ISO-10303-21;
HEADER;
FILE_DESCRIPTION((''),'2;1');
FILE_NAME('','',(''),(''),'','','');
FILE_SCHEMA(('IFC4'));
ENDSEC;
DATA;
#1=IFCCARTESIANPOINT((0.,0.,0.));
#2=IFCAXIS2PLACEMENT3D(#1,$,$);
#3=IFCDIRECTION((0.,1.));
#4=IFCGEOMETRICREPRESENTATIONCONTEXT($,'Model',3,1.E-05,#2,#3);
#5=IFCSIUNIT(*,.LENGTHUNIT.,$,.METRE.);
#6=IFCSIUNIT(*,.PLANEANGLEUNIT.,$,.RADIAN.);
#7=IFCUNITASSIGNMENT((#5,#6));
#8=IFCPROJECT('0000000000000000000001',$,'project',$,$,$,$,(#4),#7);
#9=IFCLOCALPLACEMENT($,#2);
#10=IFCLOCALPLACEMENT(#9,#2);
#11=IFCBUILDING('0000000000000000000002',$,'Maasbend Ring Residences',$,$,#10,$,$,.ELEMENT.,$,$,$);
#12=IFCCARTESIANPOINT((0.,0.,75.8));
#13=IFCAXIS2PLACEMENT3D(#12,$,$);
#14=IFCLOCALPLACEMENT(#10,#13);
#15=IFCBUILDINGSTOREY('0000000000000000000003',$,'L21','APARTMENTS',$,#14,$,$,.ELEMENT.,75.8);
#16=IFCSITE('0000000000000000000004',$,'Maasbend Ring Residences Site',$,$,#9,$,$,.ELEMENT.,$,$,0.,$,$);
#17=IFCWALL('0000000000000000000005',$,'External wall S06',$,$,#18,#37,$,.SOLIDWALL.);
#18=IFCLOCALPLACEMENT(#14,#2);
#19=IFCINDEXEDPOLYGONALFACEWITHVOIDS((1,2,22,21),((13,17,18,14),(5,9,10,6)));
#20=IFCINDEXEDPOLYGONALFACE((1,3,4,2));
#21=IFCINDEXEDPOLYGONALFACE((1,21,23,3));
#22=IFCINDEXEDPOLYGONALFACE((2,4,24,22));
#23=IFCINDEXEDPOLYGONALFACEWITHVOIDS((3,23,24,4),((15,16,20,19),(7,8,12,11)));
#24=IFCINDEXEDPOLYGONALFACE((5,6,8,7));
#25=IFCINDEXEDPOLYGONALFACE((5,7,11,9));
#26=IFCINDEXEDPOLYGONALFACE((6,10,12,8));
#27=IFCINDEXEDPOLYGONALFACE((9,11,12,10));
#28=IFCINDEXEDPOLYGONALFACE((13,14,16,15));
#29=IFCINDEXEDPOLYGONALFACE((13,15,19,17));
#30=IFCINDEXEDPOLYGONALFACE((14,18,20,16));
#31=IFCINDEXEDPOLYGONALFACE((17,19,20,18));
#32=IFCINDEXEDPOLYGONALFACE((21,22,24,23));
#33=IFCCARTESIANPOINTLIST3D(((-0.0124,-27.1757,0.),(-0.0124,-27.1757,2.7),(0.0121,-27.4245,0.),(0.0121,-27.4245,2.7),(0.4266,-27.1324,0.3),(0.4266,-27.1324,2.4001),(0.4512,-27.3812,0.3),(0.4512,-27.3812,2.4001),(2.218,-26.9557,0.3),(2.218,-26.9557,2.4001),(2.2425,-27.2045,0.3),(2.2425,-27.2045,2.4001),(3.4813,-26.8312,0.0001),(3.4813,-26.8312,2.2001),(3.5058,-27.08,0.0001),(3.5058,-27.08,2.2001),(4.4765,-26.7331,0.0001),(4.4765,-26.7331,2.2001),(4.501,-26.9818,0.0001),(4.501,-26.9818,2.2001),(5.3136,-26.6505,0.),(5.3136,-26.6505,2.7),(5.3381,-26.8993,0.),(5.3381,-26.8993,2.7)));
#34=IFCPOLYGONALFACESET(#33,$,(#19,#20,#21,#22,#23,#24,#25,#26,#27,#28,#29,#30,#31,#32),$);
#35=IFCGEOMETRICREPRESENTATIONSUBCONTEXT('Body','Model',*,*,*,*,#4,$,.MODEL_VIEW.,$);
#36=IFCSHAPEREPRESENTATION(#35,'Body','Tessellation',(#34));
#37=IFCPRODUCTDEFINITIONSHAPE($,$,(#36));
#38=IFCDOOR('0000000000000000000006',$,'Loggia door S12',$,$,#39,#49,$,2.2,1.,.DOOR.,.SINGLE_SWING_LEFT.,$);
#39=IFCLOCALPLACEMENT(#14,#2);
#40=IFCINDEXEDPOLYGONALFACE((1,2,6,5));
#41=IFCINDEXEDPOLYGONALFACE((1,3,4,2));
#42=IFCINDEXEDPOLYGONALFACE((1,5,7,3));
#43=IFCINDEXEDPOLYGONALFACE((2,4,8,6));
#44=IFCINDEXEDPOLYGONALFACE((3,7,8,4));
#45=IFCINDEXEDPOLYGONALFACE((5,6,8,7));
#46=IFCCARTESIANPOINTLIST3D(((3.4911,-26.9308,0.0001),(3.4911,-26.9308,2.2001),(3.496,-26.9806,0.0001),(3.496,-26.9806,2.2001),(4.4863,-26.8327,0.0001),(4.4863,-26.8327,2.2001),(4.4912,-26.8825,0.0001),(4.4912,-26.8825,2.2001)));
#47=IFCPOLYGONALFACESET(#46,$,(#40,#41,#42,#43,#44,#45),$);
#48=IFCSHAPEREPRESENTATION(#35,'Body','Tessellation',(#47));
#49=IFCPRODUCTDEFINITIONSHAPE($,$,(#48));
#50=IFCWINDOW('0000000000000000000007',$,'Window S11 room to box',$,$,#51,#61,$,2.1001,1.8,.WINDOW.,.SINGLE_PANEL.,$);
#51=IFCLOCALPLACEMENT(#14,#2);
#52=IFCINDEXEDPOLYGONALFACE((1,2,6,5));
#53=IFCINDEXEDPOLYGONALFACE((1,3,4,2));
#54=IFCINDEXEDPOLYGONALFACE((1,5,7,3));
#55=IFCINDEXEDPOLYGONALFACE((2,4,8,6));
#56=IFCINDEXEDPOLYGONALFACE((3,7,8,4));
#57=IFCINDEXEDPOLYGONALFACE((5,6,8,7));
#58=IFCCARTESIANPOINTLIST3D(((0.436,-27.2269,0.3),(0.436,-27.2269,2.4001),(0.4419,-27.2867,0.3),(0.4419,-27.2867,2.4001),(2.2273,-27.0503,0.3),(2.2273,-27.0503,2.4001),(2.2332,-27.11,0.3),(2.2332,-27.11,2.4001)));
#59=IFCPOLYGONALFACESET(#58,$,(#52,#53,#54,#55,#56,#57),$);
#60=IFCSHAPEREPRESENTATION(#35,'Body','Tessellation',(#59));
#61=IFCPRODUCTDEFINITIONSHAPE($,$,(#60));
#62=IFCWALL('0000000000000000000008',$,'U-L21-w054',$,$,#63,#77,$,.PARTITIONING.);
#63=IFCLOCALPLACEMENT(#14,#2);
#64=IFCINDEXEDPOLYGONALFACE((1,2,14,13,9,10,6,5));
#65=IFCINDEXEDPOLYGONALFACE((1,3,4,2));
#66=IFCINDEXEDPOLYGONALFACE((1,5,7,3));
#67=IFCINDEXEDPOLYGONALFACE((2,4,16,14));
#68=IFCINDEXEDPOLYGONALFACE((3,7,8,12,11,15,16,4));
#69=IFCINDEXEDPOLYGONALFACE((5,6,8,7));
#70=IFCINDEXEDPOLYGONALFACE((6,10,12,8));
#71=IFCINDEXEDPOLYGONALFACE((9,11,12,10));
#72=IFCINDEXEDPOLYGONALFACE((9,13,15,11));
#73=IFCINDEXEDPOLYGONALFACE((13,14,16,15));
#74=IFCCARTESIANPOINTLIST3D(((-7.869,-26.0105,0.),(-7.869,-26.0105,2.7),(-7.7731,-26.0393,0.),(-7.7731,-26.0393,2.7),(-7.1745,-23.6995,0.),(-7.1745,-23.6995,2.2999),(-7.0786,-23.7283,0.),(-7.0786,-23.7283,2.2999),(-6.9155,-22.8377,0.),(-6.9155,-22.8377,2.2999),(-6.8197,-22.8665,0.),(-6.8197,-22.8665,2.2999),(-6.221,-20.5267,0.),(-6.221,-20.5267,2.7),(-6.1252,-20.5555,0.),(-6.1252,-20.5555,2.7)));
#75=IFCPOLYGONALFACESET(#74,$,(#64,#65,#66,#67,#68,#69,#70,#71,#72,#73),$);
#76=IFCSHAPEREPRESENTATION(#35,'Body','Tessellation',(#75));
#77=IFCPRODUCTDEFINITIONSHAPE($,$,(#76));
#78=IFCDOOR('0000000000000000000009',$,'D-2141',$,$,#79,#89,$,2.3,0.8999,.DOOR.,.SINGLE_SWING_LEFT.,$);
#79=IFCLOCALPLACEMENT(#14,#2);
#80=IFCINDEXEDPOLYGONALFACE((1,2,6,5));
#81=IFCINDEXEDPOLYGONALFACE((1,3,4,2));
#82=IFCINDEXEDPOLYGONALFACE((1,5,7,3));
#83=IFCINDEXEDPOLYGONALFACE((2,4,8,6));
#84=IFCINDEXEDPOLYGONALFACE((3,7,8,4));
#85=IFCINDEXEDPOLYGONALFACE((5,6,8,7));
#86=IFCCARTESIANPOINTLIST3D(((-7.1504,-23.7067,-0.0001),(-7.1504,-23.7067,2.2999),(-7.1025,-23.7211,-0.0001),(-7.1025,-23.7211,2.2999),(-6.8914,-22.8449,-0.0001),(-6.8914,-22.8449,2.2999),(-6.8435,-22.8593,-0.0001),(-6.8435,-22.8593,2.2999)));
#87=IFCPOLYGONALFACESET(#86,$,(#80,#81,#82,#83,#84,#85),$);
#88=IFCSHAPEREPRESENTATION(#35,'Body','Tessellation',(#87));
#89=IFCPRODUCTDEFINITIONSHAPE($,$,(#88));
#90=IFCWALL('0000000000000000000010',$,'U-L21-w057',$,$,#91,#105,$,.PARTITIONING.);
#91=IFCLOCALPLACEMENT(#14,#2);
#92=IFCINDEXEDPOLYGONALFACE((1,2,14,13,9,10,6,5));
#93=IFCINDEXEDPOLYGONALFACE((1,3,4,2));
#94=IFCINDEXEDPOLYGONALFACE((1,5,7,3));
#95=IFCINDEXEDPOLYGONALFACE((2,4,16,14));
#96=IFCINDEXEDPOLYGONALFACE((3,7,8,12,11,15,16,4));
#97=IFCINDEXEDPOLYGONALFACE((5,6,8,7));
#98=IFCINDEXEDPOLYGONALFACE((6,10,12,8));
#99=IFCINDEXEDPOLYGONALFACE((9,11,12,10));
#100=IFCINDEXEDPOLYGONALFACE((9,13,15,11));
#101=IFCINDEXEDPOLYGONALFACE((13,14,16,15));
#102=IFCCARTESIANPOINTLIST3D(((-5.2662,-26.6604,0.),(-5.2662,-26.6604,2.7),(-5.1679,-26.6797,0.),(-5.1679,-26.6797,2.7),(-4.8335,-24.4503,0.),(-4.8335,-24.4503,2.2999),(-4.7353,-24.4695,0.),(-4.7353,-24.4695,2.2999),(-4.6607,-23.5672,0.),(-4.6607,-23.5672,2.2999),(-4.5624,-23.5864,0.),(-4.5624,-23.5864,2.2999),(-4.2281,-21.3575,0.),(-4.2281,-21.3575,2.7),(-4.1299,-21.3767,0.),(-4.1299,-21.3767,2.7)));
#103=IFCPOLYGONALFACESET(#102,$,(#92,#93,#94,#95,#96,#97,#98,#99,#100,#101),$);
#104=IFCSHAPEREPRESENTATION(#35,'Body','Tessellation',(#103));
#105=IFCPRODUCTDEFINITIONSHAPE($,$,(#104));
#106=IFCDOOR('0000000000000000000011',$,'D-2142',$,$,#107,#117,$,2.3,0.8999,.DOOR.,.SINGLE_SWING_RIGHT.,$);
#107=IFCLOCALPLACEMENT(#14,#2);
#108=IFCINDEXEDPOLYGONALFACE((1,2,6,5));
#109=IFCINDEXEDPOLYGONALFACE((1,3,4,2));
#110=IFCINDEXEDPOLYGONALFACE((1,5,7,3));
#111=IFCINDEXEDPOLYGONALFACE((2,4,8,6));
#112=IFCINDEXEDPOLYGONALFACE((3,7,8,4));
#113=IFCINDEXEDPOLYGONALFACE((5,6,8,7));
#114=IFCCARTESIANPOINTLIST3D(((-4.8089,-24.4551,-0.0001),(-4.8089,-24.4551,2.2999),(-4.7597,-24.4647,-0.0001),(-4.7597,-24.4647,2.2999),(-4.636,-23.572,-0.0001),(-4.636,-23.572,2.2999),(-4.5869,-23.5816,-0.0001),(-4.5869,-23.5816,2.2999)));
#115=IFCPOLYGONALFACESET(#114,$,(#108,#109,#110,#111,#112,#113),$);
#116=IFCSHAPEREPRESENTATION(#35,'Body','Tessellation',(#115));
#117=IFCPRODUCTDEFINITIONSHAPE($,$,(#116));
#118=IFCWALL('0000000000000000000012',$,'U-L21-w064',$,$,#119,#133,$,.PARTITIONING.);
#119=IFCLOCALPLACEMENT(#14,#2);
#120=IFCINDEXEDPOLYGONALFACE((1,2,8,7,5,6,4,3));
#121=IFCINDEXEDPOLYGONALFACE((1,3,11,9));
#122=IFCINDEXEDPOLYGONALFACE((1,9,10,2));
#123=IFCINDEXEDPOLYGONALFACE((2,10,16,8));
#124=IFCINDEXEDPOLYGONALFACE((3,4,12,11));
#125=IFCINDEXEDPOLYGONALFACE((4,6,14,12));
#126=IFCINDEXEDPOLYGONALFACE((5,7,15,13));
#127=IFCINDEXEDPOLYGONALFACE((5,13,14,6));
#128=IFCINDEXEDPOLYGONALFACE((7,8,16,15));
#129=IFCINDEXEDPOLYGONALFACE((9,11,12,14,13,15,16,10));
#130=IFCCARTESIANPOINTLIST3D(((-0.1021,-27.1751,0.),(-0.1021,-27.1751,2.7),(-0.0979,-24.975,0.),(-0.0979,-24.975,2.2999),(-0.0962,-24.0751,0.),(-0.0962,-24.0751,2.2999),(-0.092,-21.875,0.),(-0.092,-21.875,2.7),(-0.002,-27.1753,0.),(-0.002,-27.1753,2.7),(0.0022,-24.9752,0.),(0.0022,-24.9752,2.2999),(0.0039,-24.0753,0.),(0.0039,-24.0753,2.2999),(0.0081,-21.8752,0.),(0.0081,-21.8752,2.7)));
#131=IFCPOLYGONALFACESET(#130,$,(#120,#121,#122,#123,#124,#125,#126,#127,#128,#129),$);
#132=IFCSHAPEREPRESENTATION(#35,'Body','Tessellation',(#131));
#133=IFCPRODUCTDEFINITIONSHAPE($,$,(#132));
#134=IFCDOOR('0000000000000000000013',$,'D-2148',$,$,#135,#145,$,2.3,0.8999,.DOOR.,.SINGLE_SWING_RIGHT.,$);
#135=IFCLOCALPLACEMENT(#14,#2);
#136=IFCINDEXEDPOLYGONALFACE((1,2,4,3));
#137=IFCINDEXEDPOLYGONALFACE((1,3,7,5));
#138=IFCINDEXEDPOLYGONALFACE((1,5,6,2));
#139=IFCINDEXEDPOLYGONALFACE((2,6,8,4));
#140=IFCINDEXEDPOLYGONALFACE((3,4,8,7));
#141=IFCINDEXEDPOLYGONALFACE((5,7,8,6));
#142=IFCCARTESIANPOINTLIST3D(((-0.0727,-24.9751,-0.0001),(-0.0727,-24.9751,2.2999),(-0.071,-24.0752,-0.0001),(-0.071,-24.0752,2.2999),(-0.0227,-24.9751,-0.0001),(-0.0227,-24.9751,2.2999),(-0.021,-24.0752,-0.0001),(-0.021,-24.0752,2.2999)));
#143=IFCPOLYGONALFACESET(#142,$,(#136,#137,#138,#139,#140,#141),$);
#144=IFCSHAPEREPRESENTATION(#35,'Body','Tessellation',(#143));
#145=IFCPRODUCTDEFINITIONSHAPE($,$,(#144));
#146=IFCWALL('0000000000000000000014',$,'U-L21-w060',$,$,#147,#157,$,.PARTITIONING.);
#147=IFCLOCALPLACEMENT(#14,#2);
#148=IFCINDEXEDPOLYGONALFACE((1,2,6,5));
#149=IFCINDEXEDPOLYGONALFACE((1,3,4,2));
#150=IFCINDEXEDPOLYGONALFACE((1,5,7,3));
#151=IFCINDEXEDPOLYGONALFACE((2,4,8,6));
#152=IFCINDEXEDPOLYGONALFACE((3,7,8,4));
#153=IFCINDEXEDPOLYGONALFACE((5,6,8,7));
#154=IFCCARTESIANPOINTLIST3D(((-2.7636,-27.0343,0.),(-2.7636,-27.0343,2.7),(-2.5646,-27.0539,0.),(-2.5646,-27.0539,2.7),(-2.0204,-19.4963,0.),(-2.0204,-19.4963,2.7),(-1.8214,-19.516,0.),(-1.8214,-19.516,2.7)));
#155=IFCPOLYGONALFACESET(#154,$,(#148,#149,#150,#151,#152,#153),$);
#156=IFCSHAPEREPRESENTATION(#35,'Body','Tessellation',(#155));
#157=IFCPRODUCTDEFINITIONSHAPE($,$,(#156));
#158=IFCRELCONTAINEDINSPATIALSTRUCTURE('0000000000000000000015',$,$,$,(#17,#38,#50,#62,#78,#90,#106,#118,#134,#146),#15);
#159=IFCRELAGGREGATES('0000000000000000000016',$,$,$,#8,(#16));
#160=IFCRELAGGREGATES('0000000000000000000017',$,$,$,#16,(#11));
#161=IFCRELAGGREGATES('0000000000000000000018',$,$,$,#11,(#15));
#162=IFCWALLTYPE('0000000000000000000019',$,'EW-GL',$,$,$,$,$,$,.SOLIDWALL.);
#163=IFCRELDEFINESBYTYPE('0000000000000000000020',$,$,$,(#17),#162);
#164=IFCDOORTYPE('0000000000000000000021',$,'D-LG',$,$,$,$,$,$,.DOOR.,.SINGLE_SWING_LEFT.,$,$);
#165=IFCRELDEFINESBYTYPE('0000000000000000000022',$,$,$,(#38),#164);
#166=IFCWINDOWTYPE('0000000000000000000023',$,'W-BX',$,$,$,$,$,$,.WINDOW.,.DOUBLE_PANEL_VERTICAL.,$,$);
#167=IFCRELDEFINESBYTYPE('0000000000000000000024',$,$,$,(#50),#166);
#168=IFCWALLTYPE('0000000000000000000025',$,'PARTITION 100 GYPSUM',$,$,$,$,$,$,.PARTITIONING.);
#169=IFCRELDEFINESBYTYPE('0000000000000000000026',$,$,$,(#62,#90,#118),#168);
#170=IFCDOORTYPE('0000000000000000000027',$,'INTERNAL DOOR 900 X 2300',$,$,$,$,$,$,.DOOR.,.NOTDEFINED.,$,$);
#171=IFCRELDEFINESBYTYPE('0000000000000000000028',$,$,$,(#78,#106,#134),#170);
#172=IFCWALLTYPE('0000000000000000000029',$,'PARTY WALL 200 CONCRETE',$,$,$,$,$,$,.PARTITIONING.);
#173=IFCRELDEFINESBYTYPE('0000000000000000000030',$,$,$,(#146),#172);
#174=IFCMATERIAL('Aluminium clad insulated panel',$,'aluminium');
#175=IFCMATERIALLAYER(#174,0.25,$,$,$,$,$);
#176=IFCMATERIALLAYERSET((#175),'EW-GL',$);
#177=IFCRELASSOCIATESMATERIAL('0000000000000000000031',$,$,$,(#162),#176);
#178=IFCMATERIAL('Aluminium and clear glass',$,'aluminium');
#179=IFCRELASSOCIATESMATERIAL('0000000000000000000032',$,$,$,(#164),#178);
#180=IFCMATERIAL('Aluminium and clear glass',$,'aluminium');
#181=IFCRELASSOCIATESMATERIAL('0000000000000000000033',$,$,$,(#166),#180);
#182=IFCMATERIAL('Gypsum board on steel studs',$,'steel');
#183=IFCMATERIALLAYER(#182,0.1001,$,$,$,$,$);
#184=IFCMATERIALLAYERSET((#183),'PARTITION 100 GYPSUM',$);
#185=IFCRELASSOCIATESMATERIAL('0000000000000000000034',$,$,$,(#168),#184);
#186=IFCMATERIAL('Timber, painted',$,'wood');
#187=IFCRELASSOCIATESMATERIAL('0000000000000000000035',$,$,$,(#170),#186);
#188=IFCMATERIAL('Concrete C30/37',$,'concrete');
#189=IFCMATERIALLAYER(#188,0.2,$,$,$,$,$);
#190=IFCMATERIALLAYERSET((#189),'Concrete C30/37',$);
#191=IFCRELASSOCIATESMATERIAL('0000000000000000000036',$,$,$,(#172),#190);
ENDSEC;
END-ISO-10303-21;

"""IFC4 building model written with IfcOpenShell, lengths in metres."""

from ifc_helpers import new_model, si_unit, direction, frame, frame_2d, origin, place, context, subcontext, project, spatial, rectangle, extrude, material, layer, layer_set, type_object, element, fill, save


model = new_model("IFC4")

# Units and contexts
model_context = context("Model", 3, precision=1e-05, world=origin(), true_north=direction((0.0, 1.0)))
body_context = subcontext(model_context, "Body", "Model", "MODEL_VIEW")
ifc_project = project(units=[si_unit("LENGTHUNIT", "METRE"), si_unit("PLANEANGLEUNIT", "RADIAN")], contexts=[model_context])

# Site, building, storey
site_placement = place(None, origin())
site = spatial("IfcSite", under=ifc_project, at=site_placement, Name="Maasbend Ring Residences Site", CompositionType="ELEMENT", RefElevation=0.0)
building_placement = place(site_placement, origin())
building = spatial("IfcBuilding", under=site, at=building_placement, Name="Maasbend Ring Residences", CompositionType="ELEMENT")
storey_placement = place(building_placement, frame((0.0, 0.0, 75.8)))
storey = spatial("IfcBuildingStorey", under=building, at=storey_placement, Name="L21", Description="APARTMENTS", CompositionType="ELEMENT", Elevation=75.8)

# Wall, openings, door, window
ifc_material_1 = material(Name="Aluminium clad insulated panel", Category="aluminium")
ifc_layer_1 = layer(ifc_material_1, 0.25)
ifc_layer_set_1 = layer_set([ifc_layer_1], Name="EW-GL")
wall_type_1 = type_object("IfcWallType", Name="EW-GL", PredefinedType="SOLIDWALL", material=ifc_layer_set_1)
ifc_material_2 = material(Name="Aluminium and clear glass", Category="aluminium")
door_type_1 = type_object("IfcDoorType", Name="D-LG", OperationType="SINGLE_SWING_LEFT", PredefinedType="DOOR", material=ifc_material_2)
ifc_material_3 = material(Name="Aluminium and clear glass", Category="aluminium")
window_type_1 = type_object("IfcWindowType", Name="W-BX", PartitioningType="DOUBLE_PANEL_VERTICAL", PredefinedType="WINDOW", material=ifc_material_3)
wall_1_placement = place(storey_placement, frame((0.0, -27.3, 0.0), z_axis=(0.0, 0.0, 1.0), x_axis=(0.995174, 0.098126, 0.0)))
wall_1 = element("IfcWall", 1, at=wall_1_placement, inside=storey, type_object=wall_type_1, Name="External wall S06", PredefinedType="SOLIDWALL", context=body_context, shape_type="SweptSolid", body=[
    extrude(rectangle(XDim=5.3518, YDim=0.25, at=frame_2d((2.6758, 0.0))), origin(), (0.0, 0.0, 1.0), 2.7),
])
opening_1_placement = place(wall_1_placement, frame((0.4412, 0.0, 0.3)))
opening_1 = element("IfcOpeningElement", 2, at=opening_1_placement, cuts=wall_1, PredefinedType="OPENING", context=body_context, shape_type="SweptSolid", body=[
    extrude(rectangle(XDim=1.8, YDim=2.1001, at=frame_2d((0.8999, 1.05))), frame((0.0, 0.135, 0.0), z_axis=(0.0, -1.0, 0.0), x_axis=(1.0, 0.0, 0.0)), (0.0, 0.0, 1.0), 0.27),
])
opening_2_placement = place(wall_1_placement, frame((3.5105, 0.0, 0.0)))
opening_2 = element("IfcOpeningElement", 3, at=opening_2_placement, cuts=wall_1, PredefinedType="OPENING", context=body_context, shape_type="SweptSolid", body=[
    extrude(rectangle(XDim=1.0, YDim=2.2, at=frame_2d((0.5, 1.1001))), frame((0.0, 0.135, 0.0), z_axis=(0.0, -1.0, 0.0), x_axis=(1.0, 0.0, 0.0)), (0.0, 0.0, 1.0), 0.27),
])
door_1_placement = place(opening_2_placement, origin())
door_1 = element("IfcDoor", 4, at=door_1_placement, inside=storey, type_object=door_type_1, Name="Loggia door S12", OperationType="SINGLE_SWING_LEFT", OverallHeight=2.2, OverallWidth=1.0, PredefinedType="DOOR", context=body_context, shape_type="SweptSolid", body=[
    extrude(rectangle(XDim=1.0, YDim=2.2, at=frame_2d((0.5, 1.1001))), frame((0.0, 0.0249, 0.0), z_axis=(0.0, -1.0, 0.0), x_axis=(1.0, 0.0, 0.0)), (0.0, 0.0, 1.0), 0.05),
])
fill(opening_2, door_1)
window_1_placement = place(opening_1_placement, origin())
window_1 = element("IfcWindow", 5, at=window_1_placement, inside=storey, type_object=window_type_1, Name="Window S11 room to box", OverallHeight=2.1001, OverallWidth=1.8, PartitioningType="SINGLE_PANEL", PredefinedType="WINDOW", context=body_context, shape_type="SweptSolid", body=[
    extrude(rectangle(XDim=1.8, YDim=2.1001, at=frame_2d((0.8999, 1.05))), frame((0.0, 0.03, 0.0), z_axis=(0.0, -1.0, 0.0), x_axis=(1.0, 0.0, 0.0)), (0.0, 0.0, 1.0), 0.0601),
])
fill(opening_1, window_1)

# Walls, openings, doors
ifc_material_4 = material(Name="Gypsum board on steel studs", Category="steel")
ifc_layer_2 = layer(ifc_material_4, 0.1001)
ifc_layer_set_2 = layer_set([ifc_layer_2], Name="PARTITION 100 GYPSUM")
wall_type_2 = type_object("IfcWallType", Name="PARTITION 100 GYPSUM", PredefinedType="PARTITIONING", material=ifc_layer_set_2)
wall_2_placement = place(storey_placement, frame((-7.821, -26.0249, 0.0), z_axis=(0.0, 0.0, 1.0), x_axis=(0.287794, 0.957692, 0.0)))
wall_2 = element("IfcWall", 6, at=wall_2_placement, inside=storey, type_object=wall_type_2, Name="U-L21-w054", PredefinedType="PARTITIONING", context=body_context, shape_type="SweptSolid", body=[
    extrude(rectangle(XDim=5.7261, YDim=0.1001, at=frame_2d((2.863, 0.0))), origin(), (0.0, 0.0, 1.0), 2.7),
])
opening_3_placement = place(wall_2_placement, frame((2.4131, 0.0, 0.0)))
opening_3 = element("IfcOpeningElement", 7, at=opening_3_placement, cuts=wall_2, PredefinedType="OPENING", context=body_context, shape_type="SweptSolid", body=[
    extrude(rectangle(XDim=0.8999, YDim=2.3, at=frame_2d((0.45, 1.1499))), frame((0.0, 0.0601, 0.0), z_axis=(0.0, -1.0, 0.0), x_axis=(1.0, 0.0, 0.0)), (0.0, 0.0, 1.0), 0.1201),
])
ifc_material_5 = material(Name="Timber, painted", Category="wood")
door_type_2 = type_object("IfcDoorType", Name="INTERNAL DOOR 900 X 2300", OperationType="NOTDEFINED", PredefinedType="DOOR", material=ifc_material_5)
door_2_placement = place(opening_3_placement, origin())
door_2 = element("IfcDoor", 8, at=door_2_placement, inside=storey, type_object=door_type_2, Name="D-2141", OperationType="SINGLE_SWING_LEFT", OverallHeight=2.3, OverallWidth=0.8999, PredefinedType="DOOR", context=body_context, shape_type="SweptSolid", body=[
    extrude(rectangle(XDim=0.8999, YDim=2.3, at=frame_2d((0.45, 1.1499))), frame((0.0, 0.0249, 0.0), z_axis=(0.0, -1.0, 0.0), x_axis=(1.0, 0.0, 0.0)), (0.0, 0.0, 1.0), 0.05),
])
fill(opening_3, door_2)
wall_3_placement = place(storey_placement, frame((-5.217, -26.6699, 0.0), z_axis=(0.0, 0.0, 1.0), x_axis=(0.192109, 0.981374, 0.0)))
wall_3 = element("IfcWall", 9, at=wall_3_placement, inside=storey, type_object=wall_type_2, Name="U-L21-w057", PredefinedType="PARTITIONING", context=body_context, shape_type="SweptSolid", body=[
    extrude(rectangle(XDim=5.4036, YDim=0.1001, at=frame_2d((2.7017, 0.0))), origin(), (0.0, 0.0, 1.0), 2.7),
])
opening_4_placement = place(wall_3_placement, frame((2.252, 0.0, 0.0)))
opening_4 = element("IfcOpeningElement", 10, at=opening_4_placement, cuts=wall_3, PredefinedType="OPENING", context=body_context, shape_type="SweptSolid", body=[
    extrude(rectangle(XDim=0.8999, YDim=2.3, at=frame_2d((0.45, 1.1499))), frame((0.0, 0.0601, 0.0), z_axis=(0.0, -1.0, 0.0), x_axis=(1.0, 0.0, 0.0)), (0.0, 0.0, 1.0), 0.1201),
])
door_3_placement = place(opening_4_placement, origin())
door_3 = element("IfcDoor", 11, at=door_3_placement, inside=storey, type_object=door_type_2, Name="D-2142", OperationType="SINGLE_SWING_RIGHT", OverallHeight=2.3, OverallWidth=0.8999, PredefinedType="DOOR", context=body_context, shape_type="SweptSolid", body=[
    extrude(rectangle(XDim=0.8999, YDim=2.3, at=frame_2d((0.45, 1.1499))), frame((0.0, 0.0249, 0.0), z_axis=(0.0, -1.0, 0.0), x_axis=(1.0, 0.0, 0.0)), (0.0, 0.0, 1.0), 0.05),
])
fill(opening_4, door_3)
wall_4_placement = place(storey_placement, frame((-0.052, -27.175, 0.0), z_axis=(0.0, 0.0, 1.0), x_axis=(0.001889, 0.999998, 0.0)))
wall_4 = element("IfcWall", 12, at=wall_4_placement, inside=storey, type_object=wall_type_2, Name="U-L21-w064", PredefinedType="PARTITIONING", context=body_context, shape_type="SweptSolid", body=[
    extrude(rectangle(XDim=5.3, YDim=0.1001, at=frame_2d((2.6499, 0.0))), origin(), (0.0, 0.0, 1.0), 2.7),
])
opening_5_placement = place(wall_4_placement, frame((2.2, 0.0, 0.0)))
opening_5 = element("IfcOpeningElement", 13, at=opening_5_placement, cuts=wall_4, PredefinedType="OPENING", context=body_context, shape_type="SweptSolid", body=[
    extrude(rectangle(XDim=0.8999, YDim=2.3, at=frame_2d((0.45, 1.1499))), frame((0.0, 0.0601, 0.0), z_axis=(0.0, -1.0, 0.0), x_axis=(1.0, 0.0, 0.0)), (0.0, 0.0, 1.0), 0.1201),
])
door_4_placement = place(opening_5_placement, origin())
door_4 = element("IfcDoor", 14, at=door_4_placement, inside=storey, type_object=door_type_2, Name="D-2148", OperationType="SINGLE_SWING_RIGHT", OverallHeight=2.3, OverallWidth=0.8999, PredefinedType="DOOR", context=body_context, shape_type="SweptSolid", body=[
    extrude(rectangle(XDim=0.8999, YDim=2.3, at=frame_2d((0.45, 1.1499))), frame((0.0, 0.0249, 0.0), z_axis=(0.0, -1.0, 0.0), x_axis=(1.0, 0.0, 0.0)), (0.0, 0.0, 1.0), 0.05),
])
fill(opening_5, door_4)

# Wall
ifc_material_6 = material(Name="Concrete C30/37", Category="concrete")
ifc_layer_3 = layer(ifc_material_6, 0.2)
ifc_layer_set_3 = layer_set([ifc_layer_3], Name="Concrete C30/37")
wall_type_3 = type_object("IfcWallType", Name="PARTY WALL 200 CONCRETE", PredefinedType="PARTITIONING", material=ifc_layer_set_3)
wall_5_placement = place(storey_placement, frame((-2.6641, -27.0439, 0.0), z_axis=(0.0, 0.0, 1.0), x_axis=(0.098115, 0.995175, 0.0)))
element("IfcWall", 15, at=wall_5_placement, inside=storey, type_object=wall_type_3, Name="U-L21-w060", PredefinedType="PARTITIONING", context=body_context, shape_type="SweptSolid", body=[
    extrude(rectangle(XDim=7.5745, YDim=0.2, at=frame_2d((3.7871, 0.0))), origin(), (0.0, 0.0, 1.0), 2.7),
])

save(model, "model.ifc")
